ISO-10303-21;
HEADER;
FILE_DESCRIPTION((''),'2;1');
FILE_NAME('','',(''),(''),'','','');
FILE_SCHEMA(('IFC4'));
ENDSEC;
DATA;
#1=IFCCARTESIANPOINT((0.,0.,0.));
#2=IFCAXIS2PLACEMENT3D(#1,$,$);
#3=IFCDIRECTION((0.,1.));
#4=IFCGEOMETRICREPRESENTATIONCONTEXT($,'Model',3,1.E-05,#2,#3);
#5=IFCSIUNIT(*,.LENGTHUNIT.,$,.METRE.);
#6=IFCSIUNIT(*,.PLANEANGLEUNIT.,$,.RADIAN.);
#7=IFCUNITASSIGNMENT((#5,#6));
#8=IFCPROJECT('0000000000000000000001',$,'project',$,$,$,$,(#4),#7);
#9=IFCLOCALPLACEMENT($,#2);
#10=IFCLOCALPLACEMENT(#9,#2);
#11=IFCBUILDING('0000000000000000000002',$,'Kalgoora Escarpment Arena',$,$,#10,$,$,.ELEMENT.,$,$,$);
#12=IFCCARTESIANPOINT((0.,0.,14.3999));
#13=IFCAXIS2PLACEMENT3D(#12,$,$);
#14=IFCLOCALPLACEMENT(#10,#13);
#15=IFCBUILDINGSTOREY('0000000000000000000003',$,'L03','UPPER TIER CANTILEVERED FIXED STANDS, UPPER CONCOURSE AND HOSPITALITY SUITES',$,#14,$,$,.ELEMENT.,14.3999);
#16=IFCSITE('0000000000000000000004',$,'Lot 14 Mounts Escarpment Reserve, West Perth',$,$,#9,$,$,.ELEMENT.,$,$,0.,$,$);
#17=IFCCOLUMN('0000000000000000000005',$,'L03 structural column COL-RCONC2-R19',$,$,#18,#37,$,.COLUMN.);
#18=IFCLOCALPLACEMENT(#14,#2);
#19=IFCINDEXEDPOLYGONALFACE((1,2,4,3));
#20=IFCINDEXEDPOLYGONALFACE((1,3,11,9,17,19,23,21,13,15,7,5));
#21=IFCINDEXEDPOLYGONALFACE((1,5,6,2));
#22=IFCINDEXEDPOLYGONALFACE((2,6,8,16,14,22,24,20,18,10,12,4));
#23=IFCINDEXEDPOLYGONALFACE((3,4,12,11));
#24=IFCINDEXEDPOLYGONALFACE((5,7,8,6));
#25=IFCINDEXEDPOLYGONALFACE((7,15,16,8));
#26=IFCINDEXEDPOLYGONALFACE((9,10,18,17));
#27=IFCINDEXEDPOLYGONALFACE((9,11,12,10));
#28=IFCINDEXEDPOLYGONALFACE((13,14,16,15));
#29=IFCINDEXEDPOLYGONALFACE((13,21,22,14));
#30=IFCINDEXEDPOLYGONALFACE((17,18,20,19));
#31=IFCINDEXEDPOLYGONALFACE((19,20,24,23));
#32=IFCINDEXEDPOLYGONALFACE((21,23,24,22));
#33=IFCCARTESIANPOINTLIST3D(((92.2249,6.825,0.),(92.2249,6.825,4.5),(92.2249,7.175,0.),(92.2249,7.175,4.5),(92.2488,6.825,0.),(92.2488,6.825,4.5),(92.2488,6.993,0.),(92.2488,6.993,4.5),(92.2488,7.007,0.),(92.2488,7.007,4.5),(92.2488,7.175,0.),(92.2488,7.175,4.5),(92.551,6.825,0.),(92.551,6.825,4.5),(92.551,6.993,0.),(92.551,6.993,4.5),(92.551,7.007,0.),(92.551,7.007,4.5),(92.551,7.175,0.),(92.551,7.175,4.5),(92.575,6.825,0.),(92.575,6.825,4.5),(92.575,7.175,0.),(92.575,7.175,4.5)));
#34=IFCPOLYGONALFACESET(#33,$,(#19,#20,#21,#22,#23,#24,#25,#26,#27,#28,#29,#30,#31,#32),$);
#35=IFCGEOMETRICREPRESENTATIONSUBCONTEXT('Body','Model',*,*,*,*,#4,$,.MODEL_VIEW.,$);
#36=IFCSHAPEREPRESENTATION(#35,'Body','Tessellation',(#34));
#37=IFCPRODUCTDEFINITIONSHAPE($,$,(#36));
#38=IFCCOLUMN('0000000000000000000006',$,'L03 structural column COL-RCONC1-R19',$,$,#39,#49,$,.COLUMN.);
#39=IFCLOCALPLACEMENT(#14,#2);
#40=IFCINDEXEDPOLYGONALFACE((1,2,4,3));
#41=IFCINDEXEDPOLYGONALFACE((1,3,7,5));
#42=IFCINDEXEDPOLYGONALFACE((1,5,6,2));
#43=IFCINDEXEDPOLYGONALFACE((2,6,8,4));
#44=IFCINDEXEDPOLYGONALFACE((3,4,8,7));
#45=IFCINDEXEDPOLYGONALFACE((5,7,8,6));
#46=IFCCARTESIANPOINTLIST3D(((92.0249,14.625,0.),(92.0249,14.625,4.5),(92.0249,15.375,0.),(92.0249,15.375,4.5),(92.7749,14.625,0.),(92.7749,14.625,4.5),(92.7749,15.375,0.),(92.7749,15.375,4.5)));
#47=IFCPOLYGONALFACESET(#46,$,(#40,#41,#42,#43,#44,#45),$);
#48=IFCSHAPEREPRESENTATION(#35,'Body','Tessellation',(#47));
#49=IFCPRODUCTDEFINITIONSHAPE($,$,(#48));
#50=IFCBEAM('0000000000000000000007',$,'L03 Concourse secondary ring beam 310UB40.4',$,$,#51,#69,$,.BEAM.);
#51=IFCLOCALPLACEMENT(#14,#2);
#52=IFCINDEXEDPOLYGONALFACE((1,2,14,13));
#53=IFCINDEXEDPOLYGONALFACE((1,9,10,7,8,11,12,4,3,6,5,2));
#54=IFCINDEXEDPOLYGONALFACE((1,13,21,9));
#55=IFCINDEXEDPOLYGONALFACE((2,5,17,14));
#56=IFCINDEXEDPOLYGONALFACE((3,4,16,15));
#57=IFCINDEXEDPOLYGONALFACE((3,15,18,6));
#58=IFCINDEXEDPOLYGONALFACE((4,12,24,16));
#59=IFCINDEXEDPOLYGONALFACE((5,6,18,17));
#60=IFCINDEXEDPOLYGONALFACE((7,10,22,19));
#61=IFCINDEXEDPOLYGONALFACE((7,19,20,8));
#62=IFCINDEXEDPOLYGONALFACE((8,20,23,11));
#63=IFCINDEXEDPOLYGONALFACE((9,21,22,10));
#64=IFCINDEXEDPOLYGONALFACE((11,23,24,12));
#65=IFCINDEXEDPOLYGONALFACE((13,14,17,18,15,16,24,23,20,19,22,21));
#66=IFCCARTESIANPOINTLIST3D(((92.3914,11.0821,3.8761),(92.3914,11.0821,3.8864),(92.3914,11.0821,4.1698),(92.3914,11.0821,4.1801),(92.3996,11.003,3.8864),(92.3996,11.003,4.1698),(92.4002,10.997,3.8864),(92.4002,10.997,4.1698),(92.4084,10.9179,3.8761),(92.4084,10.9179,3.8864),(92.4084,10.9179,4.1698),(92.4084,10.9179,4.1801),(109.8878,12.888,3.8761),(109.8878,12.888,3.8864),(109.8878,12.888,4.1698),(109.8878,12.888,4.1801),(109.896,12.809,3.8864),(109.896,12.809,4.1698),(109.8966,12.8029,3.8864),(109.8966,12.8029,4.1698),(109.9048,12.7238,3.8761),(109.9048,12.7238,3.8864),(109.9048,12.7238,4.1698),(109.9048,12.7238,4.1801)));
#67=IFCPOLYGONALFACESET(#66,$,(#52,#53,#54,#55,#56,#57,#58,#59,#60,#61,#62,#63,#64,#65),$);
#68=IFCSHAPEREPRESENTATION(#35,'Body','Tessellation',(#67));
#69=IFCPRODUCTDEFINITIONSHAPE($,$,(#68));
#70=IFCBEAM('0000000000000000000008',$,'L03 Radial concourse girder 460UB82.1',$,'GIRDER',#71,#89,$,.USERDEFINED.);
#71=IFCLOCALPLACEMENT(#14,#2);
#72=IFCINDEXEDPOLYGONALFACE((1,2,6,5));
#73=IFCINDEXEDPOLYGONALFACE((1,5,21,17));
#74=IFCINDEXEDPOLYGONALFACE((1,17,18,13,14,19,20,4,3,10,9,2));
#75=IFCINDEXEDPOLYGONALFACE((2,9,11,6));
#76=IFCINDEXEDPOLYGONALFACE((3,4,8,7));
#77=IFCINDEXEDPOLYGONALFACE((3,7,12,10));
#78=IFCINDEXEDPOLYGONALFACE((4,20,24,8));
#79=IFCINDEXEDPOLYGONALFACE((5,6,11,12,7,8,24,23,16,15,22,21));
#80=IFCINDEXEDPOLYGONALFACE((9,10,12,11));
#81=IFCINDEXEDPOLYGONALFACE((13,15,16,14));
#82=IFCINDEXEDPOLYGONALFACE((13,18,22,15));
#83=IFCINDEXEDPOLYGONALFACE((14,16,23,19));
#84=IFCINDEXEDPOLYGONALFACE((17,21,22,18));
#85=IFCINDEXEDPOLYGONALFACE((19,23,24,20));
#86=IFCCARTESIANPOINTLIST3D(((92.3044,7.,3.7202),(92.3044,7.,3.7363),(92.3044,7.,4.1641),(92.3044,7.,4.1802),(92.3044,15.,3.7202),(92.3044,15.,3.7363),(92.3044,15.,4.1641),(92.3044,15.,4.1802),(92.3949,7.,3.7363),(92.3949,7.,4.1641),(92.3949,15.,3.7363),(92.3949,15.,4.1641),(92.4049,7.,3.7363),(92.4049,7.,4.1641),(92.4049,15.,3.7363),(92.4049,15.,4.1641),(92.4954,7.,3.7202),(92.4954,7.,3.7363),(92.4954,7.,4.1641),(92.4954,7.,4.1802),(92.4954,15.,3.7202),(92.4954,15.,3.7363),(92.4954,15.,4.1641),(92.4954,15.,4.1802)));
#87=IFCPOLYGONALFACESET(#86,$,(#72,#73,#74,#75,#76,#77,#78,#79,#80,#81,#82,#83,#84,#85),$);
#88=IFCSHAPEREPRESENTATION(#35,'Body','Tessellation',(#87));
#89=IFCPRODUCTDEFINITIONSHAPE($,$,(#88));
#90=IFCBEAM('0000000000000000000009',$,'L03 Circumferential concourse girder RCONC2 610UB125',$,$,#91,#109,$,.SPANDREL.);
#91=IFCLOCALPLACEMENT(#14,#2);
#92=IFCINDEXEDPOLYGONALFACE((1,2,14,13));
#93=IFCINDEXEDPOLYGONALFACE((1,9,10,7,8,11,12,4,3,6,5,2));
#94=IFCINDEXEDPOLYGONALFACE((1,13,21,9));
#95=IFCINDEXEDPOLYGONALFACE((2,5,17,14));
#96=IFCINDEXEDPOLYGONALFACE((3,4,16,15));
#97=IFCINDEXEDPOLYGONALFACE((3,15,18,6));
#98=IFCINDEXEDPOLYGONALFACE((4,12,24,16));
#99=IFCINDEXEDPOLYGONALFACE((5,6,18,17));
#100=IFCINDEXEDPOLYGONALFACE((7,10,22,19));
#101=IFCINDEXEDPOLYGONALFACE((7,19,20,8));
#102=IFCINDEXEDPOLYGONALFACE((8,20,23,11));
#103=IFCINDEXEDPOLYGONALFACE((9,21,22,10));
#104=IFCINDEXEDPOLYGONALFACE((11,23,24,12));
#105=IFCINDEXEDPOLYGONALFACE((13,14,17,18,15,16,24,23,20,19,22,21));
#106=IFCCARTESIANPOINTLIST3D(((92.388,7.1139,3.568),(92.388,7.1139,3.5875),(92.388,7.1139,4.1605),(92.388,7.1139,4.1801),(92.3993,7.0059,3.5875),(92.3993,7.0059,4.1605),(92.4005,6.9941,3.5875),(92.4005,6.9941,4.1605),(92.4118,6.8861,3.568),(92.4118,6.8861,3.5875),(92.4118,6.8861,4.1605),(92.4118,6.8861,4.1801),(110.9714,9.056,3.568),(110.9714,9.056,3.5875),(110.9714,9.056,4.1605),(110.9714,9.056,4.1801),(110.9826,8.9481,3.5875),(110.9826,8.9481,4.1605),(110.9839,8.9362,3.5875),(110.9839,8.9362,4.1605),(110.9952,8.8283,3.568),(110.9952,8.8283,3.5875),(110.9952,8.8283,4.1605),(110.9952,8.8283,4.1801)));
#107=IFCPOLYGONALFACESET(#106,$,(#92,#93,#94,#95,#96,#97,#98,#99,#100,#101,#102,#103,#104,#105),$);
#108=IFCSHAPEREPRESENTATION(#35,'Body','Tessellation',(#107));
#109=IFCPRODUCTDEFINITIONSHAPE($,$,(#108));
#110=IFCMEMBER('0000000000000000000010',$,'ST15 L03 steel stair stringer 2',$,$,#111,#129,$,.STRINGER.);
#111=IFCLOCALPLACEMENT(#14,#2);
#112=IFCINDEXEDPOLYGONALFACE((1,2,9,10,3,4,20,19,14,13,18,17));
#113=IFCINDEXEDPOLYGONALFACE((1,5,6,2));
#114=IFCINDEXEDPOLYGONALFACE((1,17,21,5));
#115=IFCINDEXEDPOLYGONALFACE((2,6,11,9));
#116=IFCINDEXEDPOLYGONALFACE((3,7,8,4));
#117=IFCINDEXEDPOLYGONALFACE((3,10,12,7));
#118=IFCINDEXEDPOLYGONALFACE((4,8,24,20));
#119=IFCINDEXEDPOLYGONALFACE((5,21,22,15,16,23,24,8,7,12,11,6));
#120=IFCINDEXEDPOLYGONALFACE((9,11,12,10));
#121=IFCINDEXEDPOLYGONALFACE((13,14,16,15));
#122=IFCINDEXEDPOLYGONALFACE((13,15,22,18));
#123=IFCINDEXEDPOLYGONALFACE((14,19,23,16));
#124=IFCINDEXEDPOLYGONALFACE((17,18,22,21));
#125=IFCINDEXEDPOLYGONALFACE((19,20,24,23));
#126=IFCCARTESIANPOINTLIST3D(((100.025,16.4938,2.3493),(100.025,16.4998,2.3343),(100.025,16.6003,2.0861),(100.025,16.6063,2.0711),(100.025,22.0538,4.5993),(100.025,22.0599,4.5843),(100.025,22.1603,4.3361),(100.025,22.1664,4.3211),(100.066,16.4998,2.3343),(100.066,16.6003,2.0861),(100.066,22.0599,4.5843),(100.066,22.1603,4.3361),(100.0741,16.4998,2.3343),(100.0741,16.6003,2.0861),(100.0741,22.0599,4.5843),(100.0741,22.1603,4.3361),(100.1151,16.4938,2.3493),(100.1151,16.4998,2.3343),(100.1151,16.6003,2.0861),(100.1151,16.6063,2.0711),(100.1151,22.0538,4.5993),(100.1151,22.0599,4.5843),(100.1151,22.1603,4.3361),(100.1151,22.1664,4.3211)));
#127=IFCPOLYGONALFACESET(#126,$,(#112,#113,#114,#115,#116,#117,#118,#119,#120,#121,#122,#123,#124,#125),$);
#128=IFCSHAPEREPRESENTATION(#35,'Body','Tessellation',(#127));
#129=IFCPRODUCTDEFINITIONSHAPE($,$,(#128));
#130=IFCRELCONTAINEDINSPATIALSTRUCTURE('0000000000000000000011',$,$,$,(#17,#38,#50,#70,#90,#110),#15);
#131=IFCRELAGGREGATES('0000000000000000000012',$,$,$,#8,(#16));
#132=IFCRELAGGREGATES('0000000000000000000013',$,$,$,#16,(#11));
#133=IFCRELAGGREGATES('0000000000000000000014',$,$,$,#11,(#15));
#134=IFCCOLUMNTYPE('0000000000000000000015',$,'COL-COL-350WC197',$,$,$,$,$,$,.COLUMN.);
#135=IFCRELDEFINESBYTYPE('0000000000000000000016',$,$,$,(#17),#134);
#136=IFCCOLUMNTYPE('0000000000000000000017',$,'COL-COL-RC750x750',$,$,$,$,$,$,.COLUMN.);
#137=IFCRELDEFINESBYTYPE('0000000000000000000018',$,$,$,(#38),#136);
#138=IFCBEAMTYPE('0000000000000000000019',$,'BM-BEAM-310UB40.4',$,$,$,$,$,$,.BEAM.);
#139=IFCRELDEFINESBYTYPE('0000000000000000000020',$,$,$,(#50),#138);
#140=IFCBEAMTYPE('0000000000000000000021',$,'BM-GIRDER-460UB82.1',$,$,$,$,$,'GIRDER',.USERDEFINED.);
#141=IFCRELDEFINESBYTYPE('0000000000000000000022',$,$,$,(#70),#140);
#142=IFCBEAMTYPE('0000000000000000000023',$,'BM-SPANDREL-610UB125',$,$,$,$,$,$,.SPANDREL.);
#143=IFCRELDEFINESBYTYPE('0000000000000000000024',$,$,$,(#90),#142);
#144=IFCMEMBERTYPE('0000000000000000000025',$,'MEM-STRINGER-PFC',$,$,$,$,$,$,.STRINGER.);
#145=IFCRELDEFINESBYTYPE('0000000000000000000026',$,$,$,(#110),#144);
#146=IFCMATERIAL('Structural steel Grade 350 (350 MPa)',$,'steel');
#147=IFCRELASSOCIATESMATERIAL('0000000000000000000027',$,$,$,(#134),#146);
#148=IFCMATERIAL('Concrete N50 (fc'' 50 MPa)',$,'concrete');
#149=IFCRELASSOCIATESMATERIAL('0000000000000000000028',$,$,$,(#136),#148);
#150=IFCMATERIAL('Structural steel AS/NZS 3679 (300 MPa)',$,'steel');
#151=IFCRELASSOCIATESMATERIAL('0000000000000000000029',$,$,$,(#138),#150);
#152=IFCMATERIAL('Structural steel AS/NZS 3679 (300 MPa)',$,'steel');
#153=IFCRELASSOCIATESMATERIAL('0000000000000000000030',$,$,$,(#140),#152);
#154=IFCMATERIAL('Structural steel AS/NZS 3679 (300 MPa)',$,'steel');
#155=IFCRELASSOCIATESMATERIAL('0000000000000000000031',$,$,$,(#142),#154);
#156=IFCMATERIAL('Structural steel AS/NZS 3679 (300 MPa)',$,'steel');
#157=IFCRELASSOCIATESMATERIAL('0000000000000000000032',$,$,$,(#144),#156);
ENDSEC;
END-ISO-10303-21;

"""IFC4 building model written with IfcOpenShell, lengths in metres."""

from ifc_helpers import new_model, si_unit, direction, frame, origin, origin_2d, place, context, subcontext, project, spatial, rectangle, i_section, extrude, material, material_profile, profile_set, type_object, element, save


model = new_model("IFC4")

# Units and contexts
model_context = context("Model", 3, precision=1e-05, world=origin(), true_north=direction((0.0, 1.0)))
body_context = subcontext(model_context, "Body", "Model", "MODEL_VIEW")
ifc_project = project(units=[si_unit("LENGTHUNIT", "METRE"), si_unit("PLANEANGLEUNIT", "RADIAN")], contexts=[model_context])

# Site, building, storey
site_placement = place(None, origin())
site = spatial("IfcSite", under=ifc_project, at=site_placement, Name="Lot 14 Mounts Escarpment Reserve, West Perth", CompositionType="ELEMENT", RefElevation=0.0)
building_placement = place(site_placement, origin())
building = spatial("IfcBuilding", under=site, at=building_placement, Name="Kalgoora Escarpment Arena", CompositionType="ELEMENT")
storey_placement = place(building_placement, frame((0.0, 0.0, 14.3999)))
storey = spatial("IfcBuildingStorey", under=building, at=storey_placement, Name="L03", Description="UPPER TIER CANTILEVERED FIXED STANDS, UPPER CONCOURSE AND HOSPITALITY SUITES", CompositionType="ELEMENT", Elevation=14.3999)

# Columns
ifc_material_1 = material(Name="Structural steel Grade 350 (350 MPa)", Category="steel")
ifc_material_profile_1 = material_profile(ifc_material_1, i_section(OverallWidth=0.3501, OverallDepth=0.3501, WebThickness=0.0139, FlangeThickness=0.0239, at=origin_2d()))
ifc_profile_set_1 = profile_set([ifc_material_profile_1], Name="Structural steel Grade 350 (350 MPa)")
column_type_1 = type_object("IfcColumnType", Name="COL-COL-350WC197", PredefinedType="COLUMN", material=ifc_profile_set_1)
column_1_placement = place(storey_placement, frame((92.3999, 7.0, 0.0), z_axis=(0.0, 0.0, 1.0), x_axis=(0.0, -1.0, 0.0)))
element("IfcColumn", 1, at=column_1_placement, inside=storey, type_object=column_type_1, Name="L03 structural column COL-RCONC2-R19", PredefinedType="COLUMN", context=body_context, shape_type="SweptSolid", body=[
    extrude(i_section(OverallWidth=0.3501, OverallDepth=0.3501, WebThickness=0.0139, FlangeThickness=0.0239, at=origin_2d()), origin(), (0.0, 0.0, 1.0), 4.5),
])
ifc_material_2 = material(Name="Concrete N50 (fc' 50 MPa)", Category="concrete")
ifc_material_profile_2 = material_profile(ifc_material_2, rectangle(XDim=0.75, YDim=0.75, at=origin_2d()))
ifc_profile_set_2 = profile_set([ifc_material_profile_2], Name="Concrete N50 (fc' 50 MPa)")
column_type_2 = type_object("IfcColumnType", Name="COL-COL-RC750x750", PredefinedType="COLUMN", material=ifc_profile_set_2)
column_2_placement = place(storey_placement, frame((92.3999, 15.0, 0.0), z_axis=(0.0, 0.0, 1.0), x_axis=(0.0, -1.0, 0.0)))
element("IfcColumn", 2, at=column_2_placement, inside=storey, type_object=column_type_2, Name="L03 structural column COL-RCONC1-R19", PredefinedType="COLUMN", context=body_context, shape_type="SweptSolid", body=[
    extrude(rectangle(XDim=0.75, YDim=0.75, at=origin_2d()), origin(), (0.0, 0.0, 1.0), 4.5),
])

# Beams
ifc_material_3 = material(Name="Structural steel AS/NZS 3679 (300 MPa)", Category="steel")
ifc_material_profile_3 = material_profile(ifc_material_3, i_section(OverallWidth=0.165, OverallDepth=0.304, WebThickness=0.0061, FlangeThickness=0.0103, at=origin_2d()))
ifc_profile_set_3 = profile_set([ifc_material_profile_3], Name="Structural steel AS/NZS 3679 (300 MPa)")
beam_type_1 = type_object("IfcBeamType", Name="BM-BEAM-310UB40.4", PredefinedType="BEAM", material=ifc_profile_set_3)
beam_1_placement = place(storey_placement, frame((92.3999, 11.0, 4.0281), z_axis=(0.994715, 0.102671, 0.0), x_axis=(-0.102671, 0.994715, 0.0)))
element("IfcBeam", 3, at=beam_1_placement, inside=storey, type_object=beam_type_1, Name="L03 Concourse secondary ring beam 310UB40.4", PredefinedType="BEAM", context=body_context, shape_type="SweptSolid", body=[
    extrude(i_section(OverallWidth=0.165, OverallDepth=0.304, WebThickness=0.0061, FlangeThickness=0.0103, at=origin_2d()), origin(), (0.0, 0.0, 1.0), 17.5894),
])
ifc_material_4 = material(Name="Structural steel AS/NZS 3679 (300 MPa)", Category="steel")
ifc_material_profile_4 = material_profile(ifc_material_4, i_section(OverallWidth=0.1909, OverallDepth=0.46, WebThickness=0.01, FlangeThickness=0.0161, at=origin_2d()))
ifc_profile_set_4 = profile_set([ifc_material_profile_4], Name="Structural steel AS/NZS 3679 (300 MPa)")
beam_type_2 = type_object("IfcBeamType", Name="BM-GIRDER-460UB82.1", ElementType="GIRDER", PredefinedType="USERDEFINED", material=ifc_profile_set_4)
beam_2_placement = place(storey_placement, frame((92.3999, 15.0, 3.9502), z_axis=(0.0, -1.0, 0.0), x_axis=(1.0, 0.0, 0.0)))
element("IfcBeam", 4, at=beam_2_placement, inside=storey, type_object=beam_type_2, Name="L03 Radial concourse girder 460UB82.1", ObjectType="GIRDER", PredefinedType="USERDEFINED", context=body_context, shape_type="SweptSolid", body=[
    extrude(i_section(OverallWidth=0.1909, OverallDepth=0.46, WebThickness=0.01, FlangeThickness=0.0161, at=origin_2d()), origin(), (0.0, 0.0, 1.0), 8.0),
])
ifc_material_5 = material(Name="Structural steel AS/NZS 3679 (300 MPa)", Category="steel")
ifc_material_profile_5 = material_profile(ifc_material_5, i_section(OverallWidth=0.229, OverallDepth=0.6121, WebThickness=0.012, FlangeThickness=0.0195, at=origin_2d()))
ifc_profile_set_5 = profile_set([ifc_material_profile_5], Name="Structural steel AS/NZS 3679 (300 MPa)")
beam_type_3 = type_object("IfcBeamType", Name="BM-SPANDREL-610UB125", PredefinedType="SPANDREL", material=ifc_profile_set_5)
beam_3_placement = place(storey_placement, frame((92.3999, 7.0, 3.874), z_axis=(0.994583, 0.103944, 0.0), x_axis=(-0.103944, 0.994583, 0.0)))
element("IfcBeam", 5, at=beam_3_placement, inside=storey, type_object=beam_type_3, Name="L03 Circumferential concourse girder RCONC2 610UB125", PredefinedType="SPANDREL", context=body_context, shape_type="SweptSolid", body=[
    extrude(i_section(OverallWidth=0.229, OverallDepth=0.6121, WebThickness=0.012, FlangeThickness=0.0195, at=origin_2d()), origin(), (0.0, 0.0, 1.0), 18.6846),
])

# Member
ifc_material_6 = material(Name="Structural steel AS/NZS 3679 (300 MPa)", Category="steel")
ifc_material_profile_6 = material_profile(ifc_material_6, i_section(OverallWidth=0.0901, OverallDepth=0.3, WebThickness=0.0081, FlangeThickness=0.0161, at=origin_2d()))
ifc_profile_set_6 = profile_set([ifc_material_profile_6], Name="Structural steel AS/NZS 3679 (300 MPa)")
member_type = type_object("IfcMemberType", Name="MEM-STRINGER-PFC", PredefinedType="STRINGER", material=ifc_profile_set_6)
member_placement = place(storey_placement, frame((100.0701, 16.55, 2.2102), z_axis=(0.0, 0.926976, 0.375121), x_axis=(-1.0, 0.0, 0.0)))
element("IfcMember", 6, at=member_placement, inside=storey, type_object=member_type, Name="ST15 L03 steel stair stringer 2", PredefinedType="STRINGER", context=body_context, shape_type="SweptSolid", body=[
    extrude(i_section(OverallWidth=0.0901, OverallDepth=0.3, WebThickness=0.0081, FlangeThickness=0.0161, at=origin_2d()), origin(), (0.0, 0.0, 1.0), 5.998),
])

save(model, "model.ifc")
